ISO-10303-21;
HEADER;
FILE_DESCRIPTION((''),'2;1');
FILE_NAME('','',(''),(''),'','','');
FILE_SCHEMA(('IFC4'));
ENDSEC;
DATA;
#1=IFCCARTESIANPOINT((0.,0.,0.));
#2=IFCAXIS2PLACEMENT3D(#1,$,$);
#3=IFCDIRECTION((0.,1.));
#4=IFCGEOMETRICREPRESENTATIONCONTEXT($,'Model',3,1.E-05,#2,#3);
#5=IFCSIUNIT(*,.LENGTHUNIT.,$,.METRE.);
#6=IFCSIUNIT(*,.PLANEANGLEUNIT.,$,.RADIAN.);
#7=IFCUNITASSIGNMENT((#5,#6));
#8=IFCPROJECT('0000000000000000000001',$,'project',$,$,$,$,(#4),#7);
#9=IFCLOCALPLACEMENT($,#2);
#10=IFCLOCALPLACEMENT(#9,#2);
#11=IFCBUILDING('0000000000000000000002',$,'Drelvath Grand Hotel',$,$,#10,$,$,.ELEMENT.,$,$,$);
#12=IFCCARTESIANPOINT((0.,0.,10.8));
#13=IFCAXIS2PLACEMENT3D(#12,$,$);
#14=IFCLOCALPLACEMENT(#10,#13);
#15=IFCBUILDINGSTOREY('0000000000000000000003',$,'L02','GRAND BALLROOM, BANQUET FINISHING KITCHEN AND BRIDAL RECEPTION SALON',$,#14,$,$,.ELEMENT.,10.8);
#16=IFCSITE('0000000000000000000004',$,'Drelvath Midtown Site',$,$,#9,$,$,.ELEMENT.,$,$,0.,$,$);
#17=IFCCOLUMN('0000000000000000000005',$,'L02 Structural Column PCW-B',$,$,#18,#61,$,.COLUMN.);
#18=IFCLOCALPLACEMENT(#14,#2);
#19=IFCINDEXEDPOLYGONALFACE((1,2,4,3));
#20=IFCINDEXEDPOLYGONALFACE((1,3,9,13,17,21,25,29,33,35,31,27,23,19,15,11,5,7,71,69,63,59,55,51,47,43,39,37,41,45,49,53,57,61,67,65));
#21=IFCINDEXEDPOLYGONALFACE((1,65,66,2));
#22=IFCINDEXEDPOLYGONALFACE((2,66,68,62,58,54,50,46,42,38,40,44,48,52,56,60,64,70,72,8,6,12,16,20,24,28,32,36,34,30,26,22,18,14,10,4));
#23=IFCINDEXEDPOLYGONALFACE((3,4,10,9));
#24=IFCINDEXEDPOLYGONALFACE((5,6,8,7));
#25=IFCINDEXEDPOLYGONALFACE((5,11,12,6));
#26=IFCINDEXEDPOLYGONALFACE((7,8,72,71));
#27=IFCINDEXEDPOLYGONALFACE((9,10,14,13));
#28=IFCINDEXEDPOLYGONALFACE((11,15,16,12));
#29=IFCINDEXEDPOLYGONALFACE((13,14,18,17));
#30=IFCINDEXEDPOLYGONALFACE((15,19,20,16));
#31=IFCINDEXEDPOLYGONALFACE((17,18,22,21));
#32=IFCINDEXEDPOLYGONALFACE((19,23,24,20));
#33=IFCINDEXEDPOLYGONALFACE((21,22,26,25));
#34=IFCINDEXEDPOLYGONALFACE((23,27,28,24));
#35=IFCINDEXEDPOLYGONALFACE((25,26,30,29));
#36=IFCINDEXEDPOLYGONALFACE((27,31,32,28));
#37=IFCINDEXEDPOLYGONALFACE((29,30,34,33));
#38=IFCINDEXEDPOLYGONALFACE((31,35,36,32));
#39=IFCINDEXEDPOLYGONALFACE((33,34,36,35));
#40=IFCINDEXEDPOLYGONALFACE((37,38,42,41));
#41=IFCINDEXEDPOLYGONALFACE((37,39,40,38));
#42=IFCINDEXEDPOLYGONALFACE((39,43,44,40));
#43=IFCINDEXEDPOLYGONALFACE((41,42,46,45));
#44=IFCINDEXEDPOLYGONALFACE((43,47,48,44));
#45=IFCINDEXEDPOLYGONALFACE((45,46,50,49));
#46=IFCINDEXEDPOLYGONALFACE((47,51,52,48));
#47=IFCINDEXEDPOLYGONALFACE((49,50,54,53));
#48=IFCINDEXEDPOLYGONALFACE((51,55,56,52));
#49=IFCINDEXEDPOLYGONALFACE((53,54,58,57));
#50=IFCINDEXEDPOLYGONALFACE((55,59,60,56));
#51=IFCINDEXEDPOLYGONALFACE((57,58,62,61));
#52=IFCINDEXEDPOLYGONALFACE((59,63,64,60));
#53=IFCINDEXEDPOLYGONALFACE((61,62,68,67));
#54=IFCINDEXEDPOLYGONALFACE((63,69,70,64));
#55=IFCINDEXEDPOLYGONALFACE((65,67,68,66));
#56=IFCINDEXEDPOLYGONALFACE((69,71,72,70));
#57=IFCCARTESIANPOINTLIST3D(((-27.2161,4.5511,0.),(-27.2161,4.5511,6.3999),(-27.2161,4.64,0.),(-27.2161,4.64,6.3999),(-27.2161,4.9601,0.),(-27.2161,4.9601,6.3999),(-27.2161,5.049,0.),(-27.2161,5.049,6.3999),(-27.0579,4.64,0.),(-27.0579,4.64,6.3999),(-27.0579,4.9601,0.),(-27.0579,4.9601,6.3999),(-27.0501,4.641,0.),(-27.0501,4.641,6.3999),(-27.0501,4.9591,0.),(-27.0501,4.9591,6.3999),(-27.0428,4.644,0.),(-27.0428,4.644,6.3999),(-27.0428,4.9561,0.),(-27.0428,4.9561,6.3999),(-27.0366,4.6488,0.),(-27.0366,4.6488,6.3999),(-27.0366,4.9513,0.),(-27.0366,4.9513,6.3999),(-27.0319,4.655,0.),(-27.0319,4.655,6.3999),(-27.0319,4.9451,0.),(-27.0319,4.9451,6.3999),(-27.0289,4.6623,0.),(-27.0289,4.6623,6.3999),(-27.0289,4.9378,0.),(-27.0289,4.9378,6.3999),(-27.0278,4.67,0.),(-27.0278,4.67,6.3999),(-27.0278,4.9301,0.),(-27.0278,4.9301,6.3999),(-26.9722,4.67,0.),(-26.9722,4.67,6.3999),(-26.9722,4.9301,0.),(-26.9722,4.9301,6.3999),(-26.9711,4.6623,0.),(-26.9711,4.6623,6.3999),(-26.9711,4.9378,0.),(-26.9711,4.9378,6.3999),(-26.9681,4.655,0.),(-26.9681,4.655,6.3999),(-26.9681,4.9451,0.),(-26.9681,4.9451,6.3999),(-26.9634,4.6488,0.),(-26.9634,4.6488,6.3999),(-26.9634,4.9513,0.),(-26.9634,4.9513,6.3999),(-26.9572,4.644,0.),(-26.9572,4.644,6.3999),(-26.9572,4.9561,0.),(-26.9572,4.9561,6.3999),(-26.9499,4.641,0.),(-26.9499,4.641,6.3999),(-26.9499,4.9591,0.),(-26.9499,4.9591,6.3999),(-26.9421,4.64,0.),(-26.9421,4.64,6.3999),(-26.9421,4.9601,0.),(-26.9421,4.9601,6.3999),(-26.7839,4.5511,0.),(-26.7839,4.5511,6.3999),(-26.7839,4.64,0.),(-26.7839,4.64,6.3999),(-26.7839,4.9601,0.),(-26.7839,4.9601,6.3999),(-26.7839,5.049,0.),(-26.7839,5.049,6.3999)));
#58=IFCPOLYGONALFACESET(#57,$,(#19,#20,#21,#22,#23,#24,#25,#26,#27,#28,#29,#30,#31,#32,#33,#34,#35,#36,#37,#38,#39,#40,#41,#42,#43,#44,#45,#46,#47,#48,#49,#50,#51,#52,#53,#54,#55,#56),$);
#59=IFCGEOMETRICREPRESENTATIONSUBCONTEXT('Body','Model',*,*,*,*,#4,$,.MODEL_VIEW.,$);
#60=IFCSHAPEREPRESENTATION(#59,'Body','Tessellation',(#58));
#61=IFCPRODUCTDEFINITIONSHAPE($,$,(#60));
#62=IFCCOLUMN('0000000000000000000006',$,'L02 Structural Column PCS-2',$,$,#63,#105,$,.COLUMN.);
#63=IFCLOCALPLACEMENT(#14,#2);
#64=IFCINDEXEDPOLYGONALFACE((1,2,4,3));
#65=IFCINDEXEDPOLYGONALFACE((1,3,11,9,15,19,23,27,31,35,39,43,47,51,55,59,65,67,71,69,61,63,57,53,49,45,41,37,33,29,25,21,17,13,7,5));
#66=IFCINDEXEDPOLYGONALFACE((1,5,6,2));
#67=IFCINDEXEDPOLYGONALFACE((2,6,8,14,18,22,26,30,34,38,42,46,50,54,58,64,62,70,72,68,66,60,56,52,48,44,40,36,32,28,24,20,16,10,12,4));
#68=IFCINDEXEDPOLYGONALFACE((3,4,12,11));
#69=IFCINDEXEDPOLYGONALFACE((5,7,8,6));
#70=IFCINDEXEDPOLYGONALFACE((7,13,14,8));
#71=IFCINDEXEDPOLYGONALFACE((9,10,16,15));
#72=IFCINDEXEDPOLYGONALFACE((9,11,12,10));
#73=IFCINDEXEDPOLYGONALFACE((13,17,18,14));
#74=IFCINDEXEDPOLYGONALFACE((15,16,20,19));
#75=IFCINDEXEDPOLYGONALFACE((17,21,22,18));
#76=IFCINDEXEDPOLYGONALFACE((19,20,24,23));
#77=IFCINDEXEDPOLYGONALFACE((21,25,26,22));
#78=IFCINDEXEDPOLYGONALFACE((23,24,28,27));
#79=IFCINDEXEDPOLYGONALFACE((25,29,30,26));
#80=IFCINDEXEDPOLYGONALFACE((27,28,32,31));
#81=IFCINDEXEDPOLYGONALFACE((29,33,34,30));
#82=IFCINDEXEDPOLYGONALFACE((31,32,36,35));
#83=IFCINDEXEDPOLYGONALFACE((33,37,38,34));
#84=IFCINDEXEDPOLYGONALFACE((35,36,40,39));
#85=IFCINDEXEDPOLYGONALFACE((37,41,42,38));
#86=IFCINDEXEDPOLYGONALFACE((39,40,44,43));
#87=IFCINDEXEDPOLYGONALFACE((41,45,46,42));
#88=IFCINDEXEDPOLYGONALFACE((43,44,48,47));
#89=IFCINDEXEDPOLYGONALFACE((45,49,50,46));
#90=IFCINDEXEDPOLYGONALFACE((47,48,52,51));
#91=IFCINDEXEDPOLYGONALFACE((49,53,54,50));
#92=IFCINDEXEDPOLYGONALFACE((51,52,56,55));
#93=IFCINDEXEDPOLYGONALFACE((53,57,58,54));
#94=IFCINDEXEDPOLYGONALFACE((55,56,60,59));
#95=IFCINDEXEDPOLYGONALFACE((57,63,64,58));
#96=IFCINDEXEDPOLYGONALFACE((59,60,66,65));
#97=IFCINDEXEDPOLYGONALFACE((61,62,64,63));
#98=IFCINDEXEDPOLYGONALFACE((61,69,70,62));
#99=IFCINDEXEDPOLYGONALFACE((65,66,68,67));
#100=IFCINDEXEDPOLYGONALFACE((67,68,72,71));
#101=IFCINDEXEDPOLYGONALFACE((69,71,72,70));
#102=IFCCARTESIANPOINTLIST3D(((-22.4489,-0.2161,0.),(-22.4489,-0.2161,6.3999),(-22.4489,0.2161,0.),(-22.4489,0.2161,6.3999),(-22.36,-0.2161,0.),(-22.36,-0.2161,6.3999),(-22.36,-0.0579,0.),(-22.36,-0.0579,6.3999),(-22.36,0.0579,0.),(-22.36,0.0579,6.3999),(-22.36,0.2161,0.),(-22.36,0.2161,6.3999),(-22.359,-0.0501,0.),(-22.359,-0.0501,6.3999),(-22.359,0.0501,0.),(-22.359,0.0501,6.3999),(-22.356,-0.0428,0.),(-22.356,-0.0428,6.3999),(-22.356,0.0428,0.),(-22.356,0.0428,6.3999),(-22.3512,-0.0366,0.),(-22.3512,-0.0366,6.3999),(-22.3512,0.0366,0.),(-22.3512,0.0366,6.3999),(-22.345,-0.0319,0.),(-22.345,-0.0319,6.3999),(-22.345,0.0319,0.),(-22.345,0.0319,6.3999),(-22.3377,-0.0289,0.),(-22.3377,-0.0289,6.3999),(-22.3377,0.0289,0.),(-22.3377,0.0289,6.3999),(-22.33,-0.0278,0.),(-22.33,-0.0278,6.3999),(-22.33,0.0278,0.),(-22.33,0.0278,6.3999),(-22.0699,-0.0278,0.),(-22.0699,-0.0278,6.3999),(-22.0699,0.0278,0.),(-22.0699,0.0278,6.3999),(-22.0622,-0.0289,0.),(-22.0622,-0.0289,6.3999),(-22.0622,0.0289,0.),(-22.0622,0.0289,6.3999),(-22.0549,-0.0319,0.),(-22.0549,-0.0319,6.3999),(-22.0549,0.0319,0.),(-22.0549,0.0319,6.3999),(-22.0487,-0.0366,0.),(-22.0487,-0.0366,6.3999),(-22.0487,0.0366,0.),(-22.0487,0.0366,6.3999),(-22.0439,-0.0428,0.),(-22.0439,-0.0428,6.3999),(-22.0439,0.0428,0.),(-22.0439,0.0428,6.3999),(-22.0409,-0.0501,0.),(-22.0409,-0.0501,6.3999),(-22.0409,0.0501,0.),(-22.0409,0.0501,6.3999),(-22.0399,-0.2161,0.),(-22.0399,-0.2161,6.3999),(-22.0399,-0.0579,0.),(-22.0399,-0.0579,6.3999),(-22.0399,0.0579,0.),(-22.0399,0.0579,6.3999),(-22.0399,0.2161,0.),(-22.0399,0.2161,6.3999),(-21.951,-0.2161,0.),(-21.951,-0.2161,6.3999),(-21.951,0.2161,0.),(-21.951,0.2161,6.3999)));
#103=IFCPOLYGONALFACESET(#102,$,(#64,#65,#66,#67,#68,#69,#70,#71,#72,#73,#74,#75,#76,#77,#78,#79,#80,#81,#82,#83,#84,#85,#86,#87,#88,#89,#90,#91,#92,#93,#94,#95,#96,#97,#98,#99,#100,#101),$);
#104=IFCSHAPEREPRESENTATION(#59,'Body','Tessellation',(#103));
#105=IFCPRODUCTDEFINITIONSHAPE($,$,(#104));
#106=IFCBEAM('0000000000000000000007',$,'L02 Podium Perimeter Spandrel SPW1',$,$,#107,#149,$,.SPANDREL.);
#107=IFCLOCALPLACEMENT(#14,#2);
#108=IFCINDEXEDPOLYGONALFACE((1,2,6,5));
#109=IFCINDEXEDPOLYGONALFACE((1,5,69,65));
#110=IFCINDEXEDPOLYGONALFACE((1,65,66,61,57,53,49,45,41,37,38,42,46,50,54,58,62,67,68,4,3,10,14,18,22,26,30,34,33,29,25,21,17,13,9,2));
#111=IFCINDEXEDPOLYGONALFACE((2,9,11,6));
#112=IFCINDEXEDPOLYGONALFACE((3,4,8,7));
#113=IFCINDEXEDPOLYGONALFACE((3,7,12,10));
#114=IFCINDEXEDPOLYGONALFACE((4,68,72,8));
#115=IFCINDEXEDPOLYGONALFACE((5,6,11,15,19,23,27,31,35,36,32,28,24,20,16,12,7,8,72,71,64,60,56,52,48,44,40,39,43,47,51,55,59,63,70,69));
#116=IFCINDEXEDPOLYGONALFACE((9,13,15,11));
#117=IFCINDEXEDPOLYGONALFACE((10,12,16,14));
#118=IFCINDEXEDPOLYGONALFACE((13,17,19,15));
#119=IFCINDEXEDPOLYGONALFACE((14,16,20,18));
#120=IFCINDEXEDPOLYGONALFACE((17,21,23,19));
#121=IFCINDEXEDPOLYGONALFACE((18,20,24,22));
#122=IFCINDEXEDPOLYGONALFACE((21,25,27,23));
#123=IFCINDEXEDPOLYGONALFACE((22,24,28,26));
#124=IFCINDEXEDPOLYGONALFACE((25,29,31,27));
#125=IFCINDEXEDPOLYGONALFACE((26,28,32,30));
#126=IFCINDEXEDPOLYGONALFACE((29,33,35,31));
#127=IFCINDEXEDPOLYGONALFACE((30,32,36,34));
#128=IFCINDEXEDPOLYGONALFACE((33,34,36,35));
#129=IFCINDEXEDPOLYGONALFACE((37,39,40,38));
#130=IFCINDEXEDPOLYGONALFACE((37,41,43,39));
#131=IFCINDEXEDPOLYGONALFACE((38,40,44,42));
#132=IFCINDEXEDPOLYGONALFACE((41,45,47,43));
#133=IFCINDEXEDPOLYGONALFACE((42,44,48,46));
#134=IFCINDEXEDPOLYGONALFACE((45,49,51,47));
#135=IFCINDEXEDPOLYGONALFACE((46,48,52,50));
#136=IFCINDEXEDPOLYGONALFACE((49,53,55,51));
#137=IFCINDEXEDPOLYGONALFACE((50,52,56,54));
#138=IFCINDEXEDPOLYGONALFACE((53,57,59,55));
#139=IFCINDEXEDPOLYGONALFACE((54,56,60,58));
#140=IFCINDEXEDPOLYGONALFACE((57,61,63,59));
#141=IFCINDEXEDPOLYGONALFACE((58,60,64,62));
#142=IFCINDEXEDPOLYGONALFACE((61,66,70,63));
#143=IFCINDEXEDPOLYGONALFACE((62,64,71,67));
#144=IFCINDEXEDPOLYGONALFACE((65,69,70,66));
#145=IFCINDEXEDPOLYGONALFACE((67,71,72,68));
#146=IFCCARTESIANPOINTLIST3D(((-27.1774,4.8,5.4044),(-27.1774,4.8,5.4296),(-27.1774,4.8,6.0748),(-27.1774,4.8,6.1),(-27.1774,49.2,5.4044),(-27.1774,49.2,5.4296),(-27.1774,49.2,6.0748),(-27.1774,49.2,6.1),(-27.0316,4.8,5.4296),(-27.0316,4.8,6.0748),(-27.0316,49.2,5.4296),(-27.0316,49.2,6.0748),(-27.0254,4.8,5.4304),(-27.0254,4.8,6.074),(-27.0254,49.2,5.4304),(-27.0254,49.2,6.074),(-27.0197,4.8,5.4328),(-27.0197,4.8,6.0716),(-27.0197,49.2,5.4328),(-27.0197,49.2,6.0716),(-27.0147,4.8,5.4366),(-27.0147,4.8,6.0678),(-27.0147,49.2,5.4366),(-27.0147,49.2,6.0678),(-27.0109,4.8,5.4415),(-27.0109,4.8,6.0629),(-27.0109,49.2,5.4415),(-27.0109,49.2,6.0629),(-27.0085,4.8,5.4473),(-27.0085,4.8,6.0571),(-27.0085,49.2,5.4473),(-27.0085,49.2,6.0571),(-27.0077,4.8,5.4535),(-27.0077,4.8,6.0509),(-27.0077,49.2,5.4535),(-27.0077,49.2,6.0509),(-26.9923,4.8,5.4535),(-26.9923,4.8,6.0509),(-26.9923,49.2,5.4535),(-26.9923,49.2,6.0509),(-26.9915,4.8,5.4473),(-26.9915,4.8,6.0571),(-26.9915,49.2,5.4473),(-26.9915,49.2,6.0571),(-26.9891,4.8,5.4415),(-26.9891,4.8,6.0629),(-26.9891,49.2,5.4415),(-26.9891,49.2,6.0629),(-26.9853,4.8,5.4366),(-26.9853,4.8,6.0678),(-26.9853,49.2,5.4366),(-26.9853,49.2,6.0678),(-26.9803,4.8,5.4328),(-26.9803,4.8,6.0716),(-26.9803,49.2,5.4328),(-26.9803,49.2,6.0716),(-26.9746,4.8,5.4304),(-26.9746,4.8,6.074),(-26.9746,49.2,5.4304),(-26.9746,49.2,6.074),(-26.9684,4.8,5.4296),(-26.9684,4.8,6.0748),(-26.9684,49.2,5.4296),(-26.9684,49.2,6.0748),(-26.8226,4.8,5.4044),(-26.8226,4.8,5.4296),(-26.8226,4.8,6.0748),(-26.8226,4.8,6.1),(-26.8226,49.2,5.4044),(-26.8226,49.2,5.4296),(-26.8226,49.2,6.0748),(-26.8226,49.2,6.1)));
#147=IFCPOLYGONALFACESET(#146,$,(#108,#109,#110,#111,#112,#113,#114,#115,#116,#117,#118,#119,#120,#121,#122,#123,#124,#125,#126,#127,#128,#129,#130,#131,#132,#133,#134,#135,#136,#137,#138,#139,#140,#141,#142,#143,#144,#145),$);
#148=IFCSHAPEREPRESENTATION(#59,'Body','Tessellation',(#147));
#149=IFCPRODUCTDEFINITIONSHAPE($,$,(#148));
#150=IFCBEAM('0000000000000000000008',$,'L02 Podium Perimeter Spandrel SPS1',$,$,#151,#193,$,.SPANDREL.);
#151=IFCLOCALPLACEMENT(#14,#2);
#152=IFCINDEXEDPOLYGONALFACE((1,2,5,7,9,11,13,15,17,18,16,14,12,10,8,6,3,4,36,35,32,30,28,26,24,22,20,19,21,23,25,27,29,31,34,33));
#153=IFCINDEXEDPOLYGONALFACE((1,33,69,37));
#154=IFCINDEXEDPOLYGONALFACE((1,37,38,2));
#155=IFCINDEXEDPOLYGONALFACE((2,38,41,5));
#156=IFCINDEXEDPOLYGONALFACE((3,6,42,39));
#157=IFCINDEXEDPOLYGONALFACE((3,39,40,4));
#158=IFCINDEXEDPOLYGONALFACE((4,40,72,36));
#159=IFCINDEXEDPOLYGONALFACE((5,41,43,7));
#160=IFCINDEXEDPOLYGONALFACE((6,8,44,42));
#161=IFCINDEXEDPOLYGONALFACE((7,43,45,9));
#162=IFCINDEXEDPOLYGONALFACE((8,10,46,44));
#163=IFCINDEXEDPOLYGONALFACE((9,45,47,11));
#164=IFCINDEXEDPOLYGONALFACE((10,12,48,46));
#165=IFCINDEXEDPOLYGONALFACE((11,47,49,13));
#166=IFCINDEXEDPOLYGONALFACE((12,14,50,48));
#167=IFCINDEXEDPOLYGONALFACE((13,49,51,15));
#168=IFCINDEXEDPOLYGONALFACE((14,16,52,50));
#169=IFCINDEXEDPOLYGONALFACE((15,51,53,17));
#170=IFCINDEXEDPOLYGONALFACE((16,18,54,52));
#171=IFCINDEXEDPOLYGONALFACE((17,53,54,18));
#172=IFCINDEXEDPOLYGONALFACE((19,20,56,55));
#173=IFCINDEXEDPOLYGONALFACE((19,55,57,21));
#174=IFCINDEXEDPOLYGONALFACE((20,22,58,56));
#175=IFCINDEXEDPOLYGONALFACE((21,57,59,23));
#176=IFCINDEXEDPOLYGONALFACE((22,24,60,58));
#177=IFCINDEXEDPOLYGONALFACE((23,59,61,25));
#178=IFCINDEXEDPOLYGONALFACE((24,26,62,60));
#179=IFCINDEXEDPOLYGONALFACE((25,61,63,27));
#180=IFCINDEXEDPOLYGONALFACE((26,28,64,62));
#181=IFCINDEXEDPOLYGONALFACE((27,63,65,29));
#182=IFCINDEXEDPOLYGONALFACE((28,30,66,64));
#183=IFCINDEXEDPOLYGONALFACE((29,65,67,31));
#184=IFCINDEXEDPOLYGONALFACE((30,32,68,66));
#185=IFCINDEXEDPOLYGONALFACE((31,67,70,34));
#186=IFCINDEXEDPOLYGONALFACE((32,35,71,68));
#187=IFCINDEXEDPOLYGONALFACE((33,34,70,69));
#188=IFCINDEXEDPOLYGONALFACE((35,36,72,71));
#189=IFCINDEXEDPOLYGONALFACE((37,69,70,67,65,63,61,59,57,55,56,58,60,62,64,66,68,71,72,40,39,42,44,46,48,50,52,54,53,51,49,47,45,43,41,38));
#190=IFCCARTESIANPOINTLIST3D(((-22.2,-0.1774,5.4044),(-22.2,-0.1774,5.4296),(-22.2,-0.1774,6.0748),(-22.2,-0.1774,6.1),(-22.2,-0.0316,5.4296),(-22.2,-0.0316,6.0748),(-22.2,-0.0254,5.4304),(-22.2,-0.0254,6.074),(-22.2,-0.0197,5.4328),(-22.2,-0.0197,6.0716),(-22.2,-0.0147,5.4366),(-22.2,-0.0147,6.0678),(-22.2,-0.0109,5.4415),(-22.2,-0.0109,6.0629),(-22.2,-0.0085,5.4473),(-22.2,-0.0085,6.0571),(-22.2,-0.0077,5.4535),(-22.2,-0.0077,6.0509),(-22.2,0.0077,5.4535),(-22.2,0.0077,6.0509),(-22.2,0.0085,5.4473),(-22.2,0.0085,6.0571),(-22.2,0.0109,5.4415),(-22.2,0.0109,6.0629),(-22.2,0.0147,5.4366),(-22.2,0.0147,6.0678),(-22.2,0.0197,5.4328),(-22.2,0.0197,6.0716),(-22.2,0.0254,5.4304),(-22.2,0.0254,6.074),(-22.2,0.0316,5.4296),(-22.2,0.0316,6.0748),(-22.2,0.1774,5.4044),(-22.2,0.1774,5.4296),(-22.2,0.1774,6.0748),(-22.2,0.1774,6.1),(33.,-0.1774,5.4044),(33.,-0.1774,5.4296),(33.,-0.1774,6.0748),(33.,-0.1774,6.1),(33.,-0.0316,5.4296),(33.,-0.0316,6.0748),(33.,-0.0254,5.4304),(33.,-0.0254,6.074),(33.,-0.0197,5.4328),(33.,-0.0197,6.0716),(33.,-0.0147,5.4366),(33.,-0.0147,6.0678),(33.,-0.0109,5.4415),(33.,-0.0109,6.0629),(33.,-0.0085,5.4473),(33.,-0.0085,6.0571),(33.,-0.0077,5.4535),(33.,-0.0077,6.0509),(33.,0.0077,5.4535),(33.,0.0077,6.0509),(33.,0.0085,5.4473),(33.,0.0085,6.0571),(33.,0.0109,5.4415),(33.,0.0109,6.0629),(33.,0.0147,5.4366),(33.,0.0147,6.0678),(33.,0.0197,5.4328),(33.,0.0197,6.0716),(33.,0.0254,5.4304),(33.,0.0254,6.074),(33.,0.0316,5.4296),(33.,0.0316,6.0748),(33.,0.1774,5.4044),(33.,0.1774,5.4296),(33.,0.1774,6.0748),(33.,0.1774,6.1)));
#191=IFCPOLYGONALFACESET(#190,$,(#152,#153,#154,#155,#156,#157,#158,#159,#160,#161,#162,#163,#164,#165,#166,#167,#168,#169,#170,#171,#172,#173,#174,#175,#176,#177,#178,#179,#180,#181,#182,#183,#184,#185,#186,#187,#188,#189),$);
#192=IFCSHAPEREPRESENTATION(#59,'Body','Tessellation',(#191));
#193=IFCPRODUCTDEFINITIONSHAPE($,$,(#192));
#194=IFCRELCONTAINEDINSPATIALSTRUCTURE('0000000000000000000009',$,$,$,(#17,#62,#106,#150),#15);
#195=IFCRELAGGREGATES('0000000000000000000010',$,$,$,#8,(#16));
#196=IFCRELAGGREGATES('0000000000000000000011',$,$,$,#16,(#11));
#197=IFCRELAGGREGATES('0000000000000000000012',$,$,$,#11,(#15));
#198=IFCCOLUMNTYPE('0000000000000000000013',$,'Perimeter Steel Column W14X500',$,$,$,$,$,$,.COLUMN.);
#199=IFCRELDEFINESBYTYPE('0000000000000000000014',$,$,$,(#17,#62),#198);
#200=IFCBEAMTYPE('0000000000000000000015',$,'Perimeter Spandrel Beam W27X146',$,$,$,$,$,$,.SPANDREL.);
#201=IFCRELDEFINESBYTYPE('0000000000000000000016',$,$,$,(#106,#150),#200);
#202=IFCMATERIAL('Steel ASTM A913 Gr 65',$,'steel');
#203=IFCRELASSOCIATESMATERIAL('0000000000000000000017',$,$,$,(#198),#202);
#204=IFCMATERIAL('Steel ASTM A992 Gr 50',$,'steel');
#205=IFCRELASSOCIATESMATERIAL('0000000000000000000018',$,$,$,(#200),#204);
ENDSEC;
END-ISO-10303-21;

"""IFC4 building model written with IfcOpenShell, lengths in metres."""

from ifc_helpers import new_model, si_unit, direction, frame, origin, origin_2d, place, context, subcontext, project, spatial, i_section, extrude, material, material_profile, profile_set, type_object, element, save


model = new_model("IFC4")

# Units and contexts
model_context = context("Model", 3, precision=1e-05, world=origin(), true_north=direction((0.0, 1.0)))
body_context = subcontext(model_context, "Body", "Model", "MODEL_VIEW")
ifc_project = project(units=[si_unit("LENGTHUNIT", "METRE"), si_unit("PLANEANGLEUNIT", "RADIAN")], contexts=[model_context])

# Site, building, storey
site_placement = place(None, origin())
site = spatial("IfcSite", under=ifc_project, at=site_placement, Name="Drelvath Midtown Site", CompositionType="ELEMENT", RefElevation=0.0)
building_placement = place(site_placement, origin())
building = spatial("IfcBuilding", under=site, at=building_placement, Name="Drelvath Grand Hotel", CompositionType="ELEMENT")
storey_placement = place(building_placement, frame((0.0, 0.0, 10.8)))
storey = spatial("IfcBuildingStorey", under=building, at=storey_placement, Name="L02", Description="GRAND BALLROOM, BANQUET FINISHING KITCHEN AND BRIDAL RECEPTION SALON", CompositionType="ELEMENT", Elevation=10.8)

# Columns
ifc_material_1 = material(Name="Steel ASTM A913 Gr 65", Category="steel")
ifc_material_profile_1 = material_profile(ifc_material_1, i_section(OverallWidth=0.4321, OverallDepth=0.4978, WebThickness=0.0557, FlangeThickness=0.0889, FilletRadius=0.03, at=origin_2d()), Name="W14X500")
ifc_profile_set_1 = profile_set([ifc_material_profile_1], Name="Steel ASTM A913 Gr 65")
column_type = type_object("IfcColumnType", Name="Perimeter Steel Column W14X500", PredefinedType="COLUMN", material=ifc_profile_set_1)
for number, where, z_axis, x_axis, name in (
    (1, (-27.0, 4.8, 0.0), (0.0, 0.0, 1.0), (1.0, 0.0, 0.0), "L02 Structural Column PCW-B"),
    (2, (-22.2, 0.0, 0.0), (0.0, 0.0, 1.0), (0.0, 1.0, 0.0), "L02 Structural Column PCS-2"),
):
    element("IfcColumn", number, at=place(storey_placement, frame(where, z_axis=z_axis, x_axis=x_axis)), inside=storey, type_object=column_type, Name=name, PredefinedType="COLUMN", context=body_context, shape_type="SweptSolid", body=[
        extrude(i_section(OverallWidth=0.4321, OverallDepth=0.4978, WebThickness=0.0557, FlangeThickness=0.0889, FilletRadius=0.03, at=origin_2d()), origin(), (0.0, 0.0, 1.0), 6.3999),
    ])

# Beams
ifc_material_2 = material(Name="Steel ASTM A992 Gr 50", Category="steel")
ifc_material_profile_2 = material_profile(ifc_material_2, i_section(OverallWidth=0.3547, OverallDepth=0.6956, WebThickness=0.0154, FlangeThickness=0.0251, FilletRadius=0.0239, at=origin_2d()), Name="W27X146")
ifc_profile_set_2 = profile_set([ifc_material_profile_2], Name="Steel ASTM A992 Gr 50")
beam_type_1 = type_object("IfcBeamType", Name="Perimeter Spandrel Beam W27X146", PredefinedType="SPANDREL", material=ifc_profile_set_2)
beam_1_placement = place(storey_placement, frame((-27.0, 4.8, 5.7522), z_axis=(0.0, 1.0, 0.0), x_axis=(-1.0, 0.0, 0.0)))
element("IfcBeam", 3, at=beam_1_placement, inside=storey, type_object=beam_type_1, Name="L02 Podium Perimeter Spandrel SPW1", PredefinedType="SPANDREL", context=body_context, shape_type="SweptSolid", body=[
    extrude(i_section(OverallWidth=0.3547, OverallDepth=0.6956, WebThickness=0.0154, FlangeThickness=0.0251, FilletRadius=0.0239, at=origin_2d()), origin(), (0.0, 0.0, 1.0), 44.3999),
])
beam_2_placement = place(storey_placement, frame((-22.2, 0.0, 5.7522), z_axis=(1.0, 0.0, 0.0), x_axis=(0.0, 1.0, 0.0)))
element("IfcBeam", 4, at=beam_2_placement, inside=storey, type_object=beam_type_1, Name="L02 Podium Perimeter Spandrel SPS1", PredefinedType="SPANDREL", context=body_context, shape_type="SweptSolid", body=[
    extrude(i_section(OverallWidth=0.3547, OverallDepth=0.6956, WebThickness=0.0154, FlangeThickness=0.0251, FilletRadius=0.0239, at=origin_2d()), origin(), (0.0, 0.0, 1.0), 55.2),
])

save(model, "model.ifc")
